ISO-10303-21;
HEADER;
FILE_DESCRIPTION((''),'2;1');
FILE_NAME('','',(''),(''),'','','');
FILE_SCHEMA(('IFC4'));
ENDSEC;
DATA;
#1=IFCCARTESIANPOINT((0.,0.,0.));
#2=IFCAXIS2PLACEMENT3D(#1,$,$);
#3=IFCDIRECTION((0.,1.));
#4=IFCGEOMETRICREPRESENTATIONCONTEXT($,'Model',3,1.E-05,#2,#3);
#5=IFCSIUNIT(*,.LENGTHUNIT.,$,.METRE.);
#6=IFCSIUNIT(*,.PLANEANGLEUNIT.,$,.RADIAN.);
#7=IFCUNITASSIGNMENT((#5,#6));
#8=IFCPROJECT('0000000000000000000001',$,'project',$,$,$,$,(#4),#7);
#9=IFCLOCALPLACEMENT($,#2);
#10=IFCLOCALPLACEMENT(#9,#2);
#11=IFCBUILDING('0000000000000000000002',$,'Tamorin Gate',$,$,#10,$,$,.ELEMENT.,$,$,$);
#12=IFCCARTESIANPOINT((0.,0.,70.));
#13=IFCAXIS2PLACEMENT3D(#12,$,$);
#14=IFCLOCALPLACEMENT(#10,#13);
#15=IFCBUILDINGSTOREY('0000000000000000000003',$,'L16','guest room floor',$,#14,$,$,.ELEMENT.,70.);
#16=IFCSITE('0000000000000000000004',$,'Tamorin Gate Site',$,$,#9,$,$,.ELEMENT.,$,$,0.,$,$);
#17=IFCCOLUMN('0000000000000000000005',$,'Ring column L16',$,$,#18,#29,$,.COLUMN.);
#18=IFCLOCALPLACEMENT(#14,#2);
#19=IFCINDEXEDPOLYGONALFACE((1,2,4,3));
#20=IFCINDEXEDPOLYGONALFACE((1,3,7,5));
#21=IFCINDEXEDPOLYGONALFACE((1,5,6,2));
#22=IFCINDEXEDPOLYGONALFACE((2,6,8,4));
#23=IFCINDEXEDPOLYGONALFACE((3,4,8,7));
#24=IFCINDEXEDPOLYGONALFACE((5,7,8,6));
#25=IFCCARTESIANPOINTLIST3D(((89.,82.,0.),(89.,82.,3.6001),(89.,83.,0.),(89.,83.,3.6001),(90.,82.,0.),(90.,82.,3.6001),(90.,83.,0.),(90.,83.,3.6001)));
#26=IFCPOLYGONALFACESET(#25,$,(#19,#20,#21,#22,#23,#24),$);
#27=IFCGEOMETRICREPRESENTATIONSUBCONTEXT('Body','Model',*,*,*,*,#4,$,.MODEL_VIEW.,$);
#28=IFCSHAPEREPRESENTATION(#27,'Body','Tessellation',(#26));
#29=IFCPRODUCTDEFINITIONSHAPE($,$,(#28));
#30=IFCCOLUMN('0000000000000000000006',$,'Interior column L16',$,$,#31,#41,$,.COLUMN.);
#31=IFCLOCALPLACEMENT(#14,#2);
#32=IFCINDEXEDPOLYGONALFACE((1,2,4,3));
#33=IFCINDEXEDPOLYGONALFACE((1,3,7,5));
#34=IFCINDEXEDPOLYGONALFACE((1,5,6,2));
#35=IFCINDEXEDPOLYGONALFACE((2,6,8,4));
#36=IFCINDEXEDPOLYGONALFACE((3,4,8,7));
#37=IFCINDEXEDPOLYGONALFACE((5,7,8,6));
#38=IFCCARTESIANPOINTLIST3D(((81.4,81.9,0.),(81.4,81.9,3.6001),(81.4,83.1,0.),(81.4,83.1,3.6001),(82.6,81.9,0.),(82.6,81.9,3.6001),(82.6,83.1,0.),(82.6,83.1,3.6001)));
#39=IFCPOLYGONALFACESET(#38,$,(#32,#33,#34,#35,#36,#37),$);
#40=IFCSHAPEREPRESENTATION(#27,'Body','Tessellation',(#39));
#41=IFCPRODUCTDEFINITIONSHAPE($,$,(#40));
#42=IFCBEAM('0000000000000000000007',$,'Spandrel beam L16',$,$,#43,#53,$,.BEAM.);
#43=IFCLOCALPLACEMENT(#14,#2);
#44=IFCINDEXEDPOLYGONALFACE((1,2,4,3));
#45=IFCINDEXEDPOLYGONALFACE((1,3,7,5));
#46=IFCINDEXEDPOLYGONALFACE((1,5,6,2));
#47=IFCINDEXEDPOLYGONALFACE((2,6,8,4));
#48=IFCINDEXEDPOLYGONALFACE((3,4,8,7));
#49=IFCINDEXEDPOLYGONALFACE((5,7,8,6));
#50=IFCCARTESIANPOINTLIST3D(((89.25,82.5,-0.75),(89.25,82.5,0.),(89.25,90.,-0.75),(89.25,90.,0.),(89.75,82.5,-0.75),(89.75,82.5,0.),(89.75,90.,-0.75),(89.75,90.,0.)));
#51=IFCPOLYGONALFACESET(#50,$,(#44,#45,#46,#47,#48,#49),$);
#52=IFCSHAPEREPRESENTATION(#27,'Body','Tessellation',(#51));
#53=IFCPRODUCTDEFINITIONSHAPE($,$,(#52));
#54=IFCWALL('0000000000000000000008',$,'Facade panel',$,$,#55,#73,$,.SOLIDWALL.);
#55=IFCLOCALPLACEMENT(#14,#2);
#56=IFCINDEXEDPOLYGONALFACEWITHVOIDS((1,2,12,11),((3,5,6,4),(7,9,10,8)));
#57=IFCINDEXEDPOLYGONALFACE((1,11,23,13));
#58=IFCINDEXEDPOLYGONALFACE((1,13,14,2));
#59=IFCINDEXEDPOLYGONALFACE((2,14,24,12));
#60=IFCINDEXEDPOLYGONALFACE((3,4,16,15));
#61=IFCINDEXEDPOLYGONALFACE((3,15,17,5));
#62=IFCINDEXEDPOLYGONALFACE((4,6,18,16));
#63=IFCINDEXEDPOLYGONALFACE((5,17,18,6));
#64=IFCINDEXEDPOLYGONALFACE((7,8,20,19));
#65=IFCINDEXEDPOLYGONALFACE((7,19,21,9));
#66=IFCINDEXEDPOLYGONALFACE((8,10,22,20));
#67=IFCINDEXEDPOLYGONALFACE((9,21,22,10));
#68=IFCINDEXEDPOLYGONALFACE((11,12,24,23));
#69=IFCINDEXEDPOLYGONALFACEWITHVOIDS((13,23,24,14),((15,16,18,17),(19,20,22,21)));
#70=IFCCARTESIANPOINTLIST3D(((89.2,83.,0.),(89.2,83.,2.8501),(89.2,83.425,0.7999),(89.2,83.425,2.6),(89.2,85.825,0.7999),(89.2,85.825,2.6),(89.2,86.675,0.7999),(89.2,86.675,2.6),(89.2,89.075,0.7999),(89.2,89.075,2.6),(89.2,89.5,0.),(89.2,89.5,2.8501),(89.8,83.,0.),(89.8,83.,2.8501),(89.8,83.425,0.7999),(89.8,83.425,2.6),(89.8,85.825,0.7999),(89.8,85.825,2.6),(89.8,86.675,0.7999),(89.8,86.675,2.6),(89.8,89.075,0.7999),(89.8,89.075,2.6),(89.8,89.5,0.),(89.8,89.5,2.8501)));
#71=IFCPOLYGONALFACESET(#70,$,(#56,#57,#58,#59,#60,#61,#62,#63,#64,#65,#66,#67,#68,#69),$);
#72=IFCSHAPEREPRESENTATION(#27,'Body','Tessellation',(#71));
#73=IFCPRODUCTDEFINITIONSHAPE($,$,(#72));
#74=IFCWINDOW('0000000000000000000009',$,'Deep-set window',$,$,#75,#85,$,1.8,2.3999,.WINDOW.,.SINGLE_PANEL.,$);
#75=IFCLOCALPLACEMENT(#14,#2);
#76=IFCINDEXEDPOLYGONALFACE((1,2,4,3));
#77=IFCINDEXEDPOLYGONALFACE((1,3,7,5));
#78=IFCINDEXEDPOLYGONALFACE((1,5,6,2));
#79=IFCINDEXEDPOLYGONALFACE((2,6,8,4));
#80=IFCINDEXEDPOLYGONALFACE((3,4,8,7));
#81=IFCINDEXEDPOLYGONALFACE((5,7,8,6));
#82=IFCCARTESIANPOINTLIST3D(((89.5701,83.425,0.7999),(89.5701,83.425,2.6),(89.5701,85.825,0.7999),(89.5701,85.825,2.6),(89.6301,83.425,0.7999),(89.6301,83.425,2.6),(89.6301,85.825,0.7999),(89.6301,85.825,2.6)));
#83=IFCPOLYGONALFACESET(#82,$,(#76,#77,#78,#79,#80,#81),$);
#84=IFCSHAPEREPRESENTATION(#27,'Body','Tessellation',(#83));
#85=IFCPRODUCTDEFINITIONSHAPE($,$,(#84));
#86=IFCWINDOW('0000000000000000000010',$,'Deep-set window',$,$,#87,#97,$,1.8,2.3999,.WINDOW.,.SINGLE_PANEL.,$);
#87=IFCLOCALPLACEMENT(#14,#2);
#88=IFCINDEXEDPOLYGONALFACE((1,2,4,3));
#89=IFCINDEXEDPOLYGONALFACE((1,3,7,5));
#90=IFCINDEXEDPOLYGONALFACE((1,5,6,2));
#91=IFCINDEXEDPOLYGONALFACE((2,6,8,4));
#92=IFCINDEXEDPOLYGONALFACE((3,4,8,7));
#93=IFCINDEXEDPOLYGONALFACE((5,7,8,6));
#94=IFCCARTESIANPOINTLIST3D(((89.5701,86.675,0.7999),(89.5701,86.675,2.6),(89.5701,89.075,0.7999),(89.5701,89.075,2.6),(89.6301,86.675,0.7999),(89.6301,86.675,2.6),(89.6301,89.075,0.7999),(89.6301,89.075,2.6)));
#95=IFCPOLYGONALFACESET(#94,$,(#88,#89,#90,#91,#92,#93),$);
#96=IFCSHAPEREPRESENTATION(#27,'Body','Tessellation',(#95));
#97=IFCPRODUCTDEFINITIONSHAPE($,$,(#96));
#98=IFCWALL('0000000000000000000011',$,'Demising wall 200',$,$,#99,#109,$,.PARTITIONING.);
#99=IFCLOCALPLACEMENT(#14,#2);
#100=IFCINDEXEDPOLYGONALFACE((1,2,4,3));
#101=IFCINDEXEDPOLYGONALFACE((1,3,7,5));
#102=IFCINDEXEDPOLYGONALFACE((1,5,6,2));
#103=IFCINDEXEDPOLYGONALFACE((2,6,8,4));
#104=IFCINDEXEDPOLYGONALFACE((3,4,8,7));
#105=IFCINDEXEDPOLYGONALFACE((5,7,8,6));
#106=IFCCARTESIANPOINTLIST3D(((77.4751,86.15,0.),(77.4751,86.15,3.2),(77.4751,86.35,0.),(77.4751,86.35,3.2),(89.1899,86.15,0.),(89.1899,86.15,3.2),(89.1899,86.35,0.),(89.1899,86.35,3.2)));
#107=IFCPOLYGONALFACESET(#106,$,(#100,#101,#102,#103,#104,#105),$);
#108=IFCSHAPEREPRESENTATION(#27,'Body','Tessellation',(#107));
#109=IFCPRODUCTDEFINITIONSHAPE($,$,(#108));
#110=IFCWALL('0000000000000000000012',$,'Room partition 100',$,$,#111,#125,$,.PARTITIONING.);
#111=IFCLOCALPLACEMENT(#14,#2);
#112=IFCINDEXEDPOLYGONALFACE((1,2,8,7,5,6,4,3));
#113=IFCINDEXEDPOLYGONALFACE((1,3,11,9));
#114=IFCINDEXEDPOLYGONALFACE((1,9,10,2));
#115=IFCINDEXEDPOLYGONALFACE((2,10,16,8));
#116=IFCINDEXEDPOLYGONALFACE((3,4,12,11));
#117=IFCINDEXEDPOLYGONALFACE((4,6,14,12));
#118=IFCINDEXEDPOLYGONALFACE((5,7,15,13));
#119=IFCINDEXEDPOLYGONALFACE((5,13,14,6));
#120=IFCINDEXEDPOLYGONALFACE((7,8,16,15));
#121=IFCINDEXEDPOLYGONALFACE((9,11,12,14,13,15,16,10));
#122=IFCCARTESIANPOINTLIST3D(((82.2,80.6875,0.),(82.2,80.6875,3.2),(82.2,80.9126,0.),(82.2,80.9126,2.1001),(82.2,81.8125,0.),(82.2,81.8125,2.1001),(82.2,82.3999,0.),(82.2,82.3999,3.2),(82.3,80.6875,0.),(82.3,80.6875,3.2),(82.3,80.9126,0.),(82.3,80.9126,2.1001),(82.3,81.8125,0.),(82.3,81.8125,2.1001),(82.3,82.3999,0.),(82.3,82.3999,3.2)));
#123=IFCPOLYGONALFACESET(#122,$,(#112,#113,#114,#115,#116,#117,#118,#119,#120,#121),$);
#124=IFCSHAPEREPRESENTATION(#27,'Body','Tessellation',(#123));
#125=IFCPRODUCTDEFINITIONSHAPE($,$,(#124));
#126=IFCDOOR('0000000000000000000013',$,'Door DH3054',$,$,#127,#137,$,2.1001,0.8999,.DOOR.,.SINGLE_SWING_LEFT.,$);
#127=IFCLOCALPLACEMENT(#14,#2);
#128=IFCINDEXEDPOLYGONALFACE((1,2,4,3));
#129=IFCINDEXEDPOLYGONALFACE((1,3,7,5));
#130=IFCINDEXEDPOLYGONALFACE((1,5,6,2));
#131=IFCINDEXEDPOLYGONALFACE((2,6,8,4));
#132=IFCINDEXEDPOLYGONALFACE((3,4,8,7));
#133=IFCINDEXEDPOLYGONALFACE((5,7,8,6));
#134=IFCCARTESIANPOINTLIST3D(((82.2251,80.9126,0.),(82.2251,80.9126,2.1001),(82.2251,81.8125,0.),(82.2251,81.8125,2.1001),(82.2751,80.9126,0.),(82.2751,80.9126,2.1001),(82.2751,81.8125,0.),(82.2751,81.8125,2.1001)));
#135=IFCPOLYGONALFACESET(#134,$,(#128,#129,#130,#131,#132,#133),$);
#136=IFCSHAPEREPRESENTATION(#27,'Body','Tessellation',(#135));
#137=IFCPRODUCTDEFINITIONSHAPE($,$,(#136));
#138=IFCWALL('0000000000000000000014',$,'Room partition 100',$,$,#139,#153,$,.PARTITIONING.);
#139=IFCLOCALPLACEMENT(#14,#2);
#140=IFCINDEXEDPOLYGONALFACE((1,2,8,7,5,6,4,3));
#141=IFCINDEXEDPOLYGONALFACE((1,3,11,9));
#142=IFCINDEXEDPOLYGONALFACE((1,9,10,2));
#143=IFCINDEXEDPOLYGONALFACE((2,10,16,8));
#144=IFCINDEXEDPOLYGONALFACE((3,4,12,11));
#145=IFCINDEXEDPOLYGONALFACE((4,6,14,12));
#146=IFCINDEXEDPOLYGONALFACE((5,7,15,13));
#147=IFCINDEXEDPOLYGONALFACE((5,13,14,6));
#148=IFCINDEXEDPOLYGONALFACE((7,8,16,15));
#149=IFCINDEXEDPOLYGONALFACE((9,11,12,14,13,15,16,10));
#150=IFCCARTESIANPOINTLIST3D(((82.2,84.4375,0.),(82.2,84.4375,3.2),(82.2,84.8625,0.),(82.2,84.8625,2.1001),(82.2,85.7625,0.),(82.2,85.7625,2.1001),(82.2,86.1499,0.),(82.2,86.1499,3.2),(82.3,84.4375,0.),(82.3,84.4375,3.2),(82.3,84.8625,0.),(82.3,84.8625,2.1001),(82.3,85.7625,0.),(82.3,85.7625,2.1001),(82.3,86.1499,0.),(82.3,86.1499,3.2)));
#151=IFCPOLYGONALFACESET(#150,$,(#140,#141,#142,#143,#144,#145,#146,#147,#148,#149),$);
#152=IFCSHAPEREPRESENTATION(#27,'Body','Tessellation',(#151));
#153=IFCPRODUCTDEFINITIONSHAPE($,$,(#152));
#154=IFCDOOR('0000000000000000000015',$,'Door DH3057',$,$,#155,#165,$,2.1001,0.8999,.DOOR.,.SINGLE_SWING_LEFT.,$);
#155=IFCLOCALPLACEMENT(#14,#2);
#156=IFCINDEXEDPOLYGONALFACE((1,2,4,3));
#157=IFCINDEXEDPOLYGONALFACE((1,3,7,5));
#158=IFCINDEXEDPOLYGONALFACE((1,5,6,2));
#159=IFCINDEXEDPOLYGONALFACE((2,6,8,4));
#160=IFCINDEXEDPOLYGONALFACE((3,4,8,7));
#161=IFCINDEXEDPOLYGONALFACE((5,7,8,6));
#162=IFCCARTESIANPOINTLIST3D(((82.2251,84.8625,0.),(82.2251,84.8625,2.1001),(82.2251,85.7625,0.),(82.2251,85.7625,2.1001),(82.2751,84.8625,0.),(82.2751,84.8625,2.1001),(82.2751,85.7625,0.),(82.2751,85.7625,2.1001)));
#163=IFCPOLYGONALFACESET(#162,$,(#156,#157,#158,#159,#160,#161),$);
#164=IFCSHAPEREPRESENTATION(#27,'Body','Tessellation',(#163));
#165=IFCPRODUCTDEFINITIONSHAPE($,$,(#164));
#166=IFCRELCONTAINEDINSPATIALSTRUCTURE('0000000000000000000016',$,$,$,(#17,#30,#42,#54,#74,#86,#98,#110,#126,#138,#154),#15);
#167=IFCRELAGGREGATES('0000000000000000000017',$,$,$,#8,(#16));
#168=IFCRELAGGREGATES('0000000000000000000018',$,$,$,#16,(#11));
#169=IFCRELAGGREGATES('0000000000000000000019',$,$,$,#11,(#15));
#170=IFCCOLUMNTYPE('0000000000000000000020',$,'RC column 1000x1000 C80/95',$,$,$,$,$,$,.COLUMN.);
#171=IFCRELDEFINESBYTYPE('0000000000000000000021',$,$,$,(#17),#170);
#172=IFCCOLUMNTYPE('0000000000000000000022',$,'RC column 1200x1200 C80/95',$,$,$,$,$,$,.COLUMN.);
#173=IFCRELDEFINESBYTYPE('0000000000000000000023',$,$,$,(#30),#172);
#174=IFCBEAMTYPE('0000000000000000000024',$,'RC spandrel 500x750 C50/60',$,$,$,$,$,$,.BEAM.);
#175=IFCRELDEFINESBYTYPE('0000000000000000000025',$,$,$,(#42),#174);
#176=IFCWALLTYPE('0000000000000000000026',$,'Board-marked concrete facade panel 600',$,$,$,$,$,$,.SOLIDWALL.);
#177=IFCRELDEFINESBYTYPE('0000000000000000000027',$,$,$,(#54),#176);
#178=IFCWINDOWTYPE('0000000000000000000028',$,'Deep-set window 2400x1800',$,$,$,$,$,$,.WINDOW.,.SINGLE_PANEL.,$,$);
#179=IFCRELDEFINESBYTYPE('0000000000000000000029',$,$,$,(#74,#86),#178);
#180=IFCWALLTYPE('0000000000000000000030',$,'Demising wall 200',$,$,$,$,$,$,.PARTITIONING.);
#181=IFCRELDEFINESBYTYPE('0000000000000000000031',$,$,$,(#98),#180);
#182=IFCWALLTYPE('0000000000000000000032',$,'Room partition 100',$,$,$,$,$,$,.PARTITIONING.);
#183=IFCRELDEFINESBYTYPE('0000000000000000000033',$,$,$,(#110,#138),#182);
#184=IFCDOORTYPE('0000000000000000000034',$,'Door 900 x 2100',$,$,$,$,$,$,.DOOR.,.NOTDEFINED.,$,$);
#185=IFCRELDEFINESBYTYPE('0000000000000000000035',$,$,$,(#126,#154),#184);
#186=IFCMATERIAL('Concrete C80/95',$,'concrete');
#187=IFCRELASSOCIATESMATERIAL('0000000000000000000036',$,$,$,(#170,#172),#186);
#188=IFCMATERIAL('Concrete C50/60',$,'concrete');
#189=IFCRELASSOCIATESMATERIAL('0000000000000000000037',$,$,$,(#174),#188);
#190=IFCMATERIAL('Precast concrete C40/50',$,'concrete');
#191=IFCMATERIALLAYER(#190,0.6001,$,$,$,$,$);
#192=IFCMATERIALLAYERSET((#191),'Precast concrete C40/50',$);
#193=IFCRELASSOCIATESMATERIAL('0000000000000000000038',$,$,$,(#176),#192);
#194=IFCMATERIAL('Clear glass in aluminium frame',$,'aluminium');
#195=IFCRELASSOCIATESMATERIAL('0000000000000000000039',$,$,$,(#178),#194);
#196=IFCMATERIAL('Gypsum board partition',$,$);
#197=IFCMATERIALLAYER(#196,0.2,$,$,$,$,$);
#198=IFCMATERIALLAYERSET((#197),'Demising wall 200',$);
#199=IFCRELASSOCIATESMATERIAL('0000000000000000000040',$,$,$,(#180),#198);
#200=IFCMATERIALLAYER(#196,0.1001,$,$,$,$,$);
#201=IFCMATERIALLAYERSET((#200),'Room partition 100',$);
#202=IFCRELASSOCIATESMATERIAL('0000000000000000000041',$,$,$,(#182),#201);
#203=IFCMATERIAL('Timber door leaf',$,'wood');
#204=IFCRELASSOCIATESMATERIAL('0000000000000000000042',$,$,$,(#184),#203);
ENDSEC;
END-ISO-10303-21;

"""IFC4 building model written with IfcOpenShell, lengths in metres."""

from ifc_helpers import new_model, si_unit, direction, frame, frame_2d, origin, origin_2d, place, context, subcontext, project, spatial, rectangle, extrude, material, layer, layer_set, material_profile, profile_set, type_object, element, fill, save


model = new_model("IFC4")

# Units and contexts
model_context = context("Model", 3, precision=1e-05, world=origin(), true_north=direction((0.0, 1.0)))
body_context = subcontext(model_context, "Body", "Model", "MODEL_VIEW")
ifc_project = project(units=[si_unit("LENGTHUNIT", "METRE"), si_unit("PLANEANGLEUNIT", "RADIAN")], contexts=[model_context])

# Site, building, storey
site_placement = place(None, origin())
site = spatial("IfcSite", under=ifc_project, at=site_placement, Name="Tamorin Gate Site", CompositionType="ELEMENT", RefElevation=0.0)
building_placement = place(site_placement, origin())
building = spatial("IfcBuilding", under=site, at=building_placement, Name="Tamorin Gate", CompositionType="ELEMENT")
storey_placement = place(building_placement, frame((0.0, 0.0, 70.0)))
storey = spatial("IfcBuildingStorey", under=building, at=storey_placement, Name="L16", Description="guest room floor", CompositionType="ELEMENT", Elevation=70.0)

# Columns
ifc_material_1 = material(Name="Concrete C80/95", Category="concrete")
ifc_material_profile_1 = material_profile(ifc_material_1, rectangle(XDim=1.0, YDim=1.0, at=origin_2d()), Name="RC 1000x1000")
ifc_profile_set_1 = profile_set([ifc_material_profile_1], Name="Concrete C80/95")
column_type_1 = type_object("IfcColumnType", Name="RC column 1000x1000 C80/95", PredefinedType="COLUMN", material=ifc_profile_set_1)
column_1_placement = place(storey_placement, frame((89.5, 82.5, 0.0), z_axis=(0.0, 0.0, 1.0), x_axis=(1.0, 0.0, 0.0)))
element("IfcColumn", 1, at=column_1_placement, inside=storey, type_object=column_type_1, Name="Ring column L16", PredefinedType="COLUMN", context=body_context, shape_type="SweptSolid", body=[
    extrude(rectangle(XDim=1.0, YDim=1.0, at=origin_2d()), origin(), (0.0, 0.0, 1.0), 3.6001),
])
ifc_material_profile_2 = material_profile(ifc_material_1, rectangle(XDim=1.2, YDim=1.2, at=origin_2d()), Name="RC 1200x1200")
ifc_profile_set_2 = profile_set([ifc_material_profile_2], Name="Concrete C80/95")
column_type_2 = type_object("IfcColumnType", Name="RC column 1200x1200 C80/95", PredefinedType="COLUMN", material=ifc_profile_set_2)
column_2_placement = place(storey_placement, frame((82.0, 82.5, 0.0), z_axis=(0.0, 0.0, 1.0), x_axis=(1.0, 0.0, 0.0)))
element("IfcColumn", 2, at=column_2_placement, inside=storey, type_object=column_type_2, Name="Interior column L16", PredefinedType="COLUMN", context=body_context, shape_type="SweptSolid", body=[
    extrude(rectangle(XDim=1.2, YDim=1.2, at=origin_2d()), origin(), (0.0, 0.0, 1.0), 3.6001),
])

# Beam
ifc_material_2 = material(Name="Concrete C50/60", Category="concrete")
ifc_material_profile_3 = material_profile(ifc_material_2, rectangle(XDim=0.5, YDim=0.75, at=origin_2d()), Name="RC 500x750")
ifc_profile_set_3 = profile_set([ifc_material_profile_3], Name="Concrete C50/60")
beam_type = type_object("IfcBeamType", Name="RC spandrel 500x750 C50/60", PredefinedType="BEAM", material=ifc_profile_set_3)
beam_placement = place(storey_placement, frame((89.5, 82.5, -0.375), z_axis=(0.0, 1.0, 0.0), x_axis=(-1.0, 0.0, 0.0)))
element("IfcBeam", 3, at=beam_placement, inside=storey, type_object=beam_type, Name="Spandrel beam L16", PredefinedType="BEAM", context=body_context, shape_type="SweptSolid", body=[
    extrude(rectangle(XDim=0.5, YDim=0.75, at=origin_2d()), origin(), (0.0, 0.0, 1.0), 7.5),
])

# Wall, openings, windows
ifc_material_3 = material(Name="Precast concrete C40/50", Category="concrete")
ifc_layer_1 = layer(ifc_material_3, 0.6001)
ifc_layer_set_1 = layer_set([ifc_layer_1], Name="Precast concrete C40/50")
wall_type_1 = type_object("IfcWallType", Name="Board-marked concrete facade panel 600", PredefinedType="SOLIDWALL", material=ifc_layer_set_1)
wall_1_placement = place(storey_placement, frame((89.5, 83.0, 0.0), z_axis=(0.0, 0.0, 1.0), x_axis=(0.0, 1.0, 0.0)))
wall_1 = element("IfcWall", 4, at=wall_1_placement, inside=storey, type_object=wall_type_1, Name="Facade panel", PredefinedType="SOLIDWALL", context=body_context, shape_type="SweptSolid", body=[
    extrude(rectangle(XDim=6.5, YDim=0.6001, at=frame_2d((3.25, 0.0))), origin(), (0.0, 0.0, 1.0), 2.8501),
])
opening_1_placement = place(wall_1_placement, frame((0.425, 0.0, 0.8)))
opening_1 = element("IfcOpeningElement", 5, at=opening_1_placement, cuts=wall_1, PredefinedType="OPENING", context=body_context, shape_type="SweptSolid", body=[
    extrude(rectangle(XDim=2.3999, YDim=1.8, at=frame_2d((1.2, 0.8999))), frame((0.0, 0.3101, 0.0), z_axis=(0.0, -1.0, 0.0), x_axis=(1.0, 0.0, 0.0)), (0.0, 0.0, 1.0), 0.6201),
])
opening_2_placement = place(wall_1_placement, frame((3.675, 0.0, 0.8)))
opening_2 = element("IfcOpeningElement", 6, at=opening_2_placement, cuts=wall_1, PredefinedType="OPENING", context=body_context, shape_type="SweptSolid", body=[
    extrude(rectangle(XDim=2.3999, YDim=1.8, at=frame_2d((1.2, 0.8999))), frame((0.0, 0.3101, 0.0), z_axis=(0.0, -1.0, 0.0), x_axis=(1.0, 0.0, 0.0)), (0.0, 0.0, 1.0), 0.6201),
])
ifc_material_4 = material(Name="Clear glass in aluminium frame", Category="aluminium")
window_type = type_object("IfcWindowType", Name="Deep-set window 2400x1800", PartitioningType="SINGLE_PANEL", PredefinedType="WINDOW", material=ifc_material_4)
window_1_placement = place(opening_1_placement, origin())
window_1 = element("IfcWindow", 7, at=window_1_placement, inside=storey, type_object=window_type, Name="Deep-set window", OverallHeight=1.8, OverallWidth=2.3999, PartitioningType="SINGLE_PANEL", PredefinedType="WINDOW", context=body_context, shape_type="SweptSolid", body=[
    extrude(rectangle(XDim=2.3999, YDim=1.8, at=frame_2d((1.2, 0.8999))), frame((0.0, -0.0701, 0.0), z_axis=(0.0, -1.0, 0.0), x_axis=(1.0, 0.0, 0.0)), (0.0, 0.0, 1.0), 0.0601),
])
fill(opening_1, window_1)
window_2_placement = place(opening_2_placement, origin())
window_2 = element("IfcWindow", 8, at=window_2_placement, inside=storey, type_object=window_type, Name="Deep-set window", OverallHeight=1.8, OverallWidth=2.3999, PartitioningType="SINGLE_PANEL", PredefinedType="WINDOW", context=body_context, shape_type="SweptSolid", body=[
    extrude(rectangle(XDim=2.3999, YDim=1.8, at=frame_2d((1.2, 0.8999))), frame((0.0, -0.0701, 0.0), z_axis=(0.0, -1.0, 0.0), x_axis=(1.0, 0.0, 0.0)), (0.0, 0.0, 1.0), 0.0601),
])
fill(opening_2, window_2)

# Wall
ifc_material_5 = material(Name="Gypsum board partition")
ifc_layer_2 = layer(ifc_material_5, 0.2)
ifc_layer_set_2 = layer_set([ifc_layer_2], Name="Demising wall 200")
wall_type_2 = type_object("IfcWallType", Name="Demising wall 200", PredefinedType="PARTITIONING", material=ifc_layer_set_2)
wall_2_placement = place(storey_placement, frame((77.4751, 86.25, 0.0), z_axis=(0.0, 0.0, 1.0), x_axis=(1.0, 0.0, 0.0)))
element("IfcWall", 9, at=wall_2_placement, inside=storey, type_object=wall_type_2, Name="Demising wall 200", PredefinedType="PARTITIONING", context=body_context, shape_type="SweptSolid", body=[
    extrude(rectangle(XDim=11.7148, YDim=0.2, at=frame_2d((5.8574, 0.0))), origin(), (0.0, 0.0, 1.0), 3.2),
])

# Walls, openings, doors
ifc_layer_3 = layer(ifc_material_5, 0.1001)
ifc_layer_set_3 = layer_set([ifc_layer_3], Name="Room partition 100")
wall_type_3 = type_object("IfcWallType", Name="Room partition 100", PredefinedType="PARTITIONING", material=ifc_layer_set_3)
wall_3_placement = place(storey_placement, frame((82.25, 80.6875, 0.0), z_axis=(0.0, 0.0, 1.0), x_axis=(0.0, 1.0, 0.0)))
wall_3 = element("IfcWall", 10, at=wall_3_placement, inside=storey, type_object=wall_type_3, Name="Room partition 100", PredefinedType="PARTITIONING", context=body_context, shape_type="SweptSolid", body=[
    extrude(rectangle(XDim=1.7124, YDim=0.1001, at=frame_2d((0.8562, 0.0))), origin(), (0.0, 0.0, 1.0), 3.2),
])
opening_3_placement = place(wall_3_placement, frame((0.2251, 0.0, 0.0)))
opening_3 = element("IfcOpeningElement", 11, at=opening_3_placement, cuts=wall_3, PredefinedType="OPENING", context=body_context, shape_type="SweptSolid", body=[
    extrude(rectangle(XDim=0.8999, YDim=2.1001, at=frame_2d((0.45, 1.05))), frame((0.0, 0.0601, 0.0), z_axis=(0.0, -1.0, 0.0), x_axis=(1.0, 0.0, 0.0)), (0.0, 0.0, 1.0), 0.1201),
])
ifc_material_6 = material(Name="Timber door leaf", Category="wood")
door_type = type_object("IfcDoorType", Name="Door 900 x 2100", OperationType="NOTDEFINED", PredefinedType="DOOR", material=ifc_material_6)
door_1_placement = place(opening_3_placement, origin())
door_1 = element("IfcDoor", 12, at=door_1_placement, inside=storey, type_object=door_type, Name="Door DH3054", OperationType="SINGLE_SWING_LEFT", OverallHeight=2.1001, OverallWidth=0.8999, PredefinedType="DOOR", context=body_context, shape_type="SweptSolid", body=[
    extrude(rectangle(XDim=0.8999, YDim=2.1001, at=frame_2d((0.45, 1.05))), frame((0.0, 0.0249, 0.0), z_axis=(0.0, -1.0, 0.0), x_axis=(1.0, 0.0, 0.0)), (0.0, 0.0, 1.0), 0.05),
])
fill(opening_3, door_1)
wall_4_placement = place(storey_placement, frame((82.25, 84.4375, 0.0), z_axis=(0.0, 0.0, 1.0), x_axis=(0.0, 1.0, 0.0)))
wall_4 = element("IfcWall", 13, at=wall_4_placement, inside=storey, type_object=wall_type_3, Name="Room partition 100", PredefinedType="PARTITIONING", context=body_context, shape_type="SweptSolid", body=[
    extrude(rectangle(XDim=1.7124, YDim=0.1001, at=frame_2d((0.8562, 0.0))), origin(), (0.0, 0.0, 1.0), 3.2),
])
opening_4_placement = place(wall_4_placement, frame((0.425, 0.0, 0.0)))
opening_4 = element("IfcOpeningElement", 14, at=opening_4_placement, cuts=wall_4, PredefinedType="OPENING", context=body_context, shape_type="SweptSolid", body=[
    extrude(rectangle(XDim=0.8999, YDim=2.1001, at=frame_2d((0.45, 1.05))), frame((0.0, 0.0601, 0.0), z_axis=(0.0, -1.0, 0.0), x_axis=(1.0, 0.0, 0.0)), (0.0, 0.0, 1.0), 0.1201),
])
door_2_placement = place(opening_4_placement, origin())
door_2 = element("IfcDoor", 15, at=door_2_placement, inside=storey, type_object=door_type, Name="Door DH3057", OperationType="SINGLE_SWING_LEFT", OverallHeight=2.1001, OverallWidth=0.8999, PredefinedType="DOOR", context=body_context, shape_type="SweptSolid", body=[
    extrude(rectangle(XDim=0.8999, YDim=2.1001, at=frame_2d((0.45, 1.05))), frame((0.0, 0.0249, 0.0), z_axis=(0.0, -1.0, 0.0), x_axis=(1.0, 0.0, 0.0)), (0.0, 0.0, 1.0), 0.05),
])
fill(opening_4, door_2)

save(model, "model.ifc")
